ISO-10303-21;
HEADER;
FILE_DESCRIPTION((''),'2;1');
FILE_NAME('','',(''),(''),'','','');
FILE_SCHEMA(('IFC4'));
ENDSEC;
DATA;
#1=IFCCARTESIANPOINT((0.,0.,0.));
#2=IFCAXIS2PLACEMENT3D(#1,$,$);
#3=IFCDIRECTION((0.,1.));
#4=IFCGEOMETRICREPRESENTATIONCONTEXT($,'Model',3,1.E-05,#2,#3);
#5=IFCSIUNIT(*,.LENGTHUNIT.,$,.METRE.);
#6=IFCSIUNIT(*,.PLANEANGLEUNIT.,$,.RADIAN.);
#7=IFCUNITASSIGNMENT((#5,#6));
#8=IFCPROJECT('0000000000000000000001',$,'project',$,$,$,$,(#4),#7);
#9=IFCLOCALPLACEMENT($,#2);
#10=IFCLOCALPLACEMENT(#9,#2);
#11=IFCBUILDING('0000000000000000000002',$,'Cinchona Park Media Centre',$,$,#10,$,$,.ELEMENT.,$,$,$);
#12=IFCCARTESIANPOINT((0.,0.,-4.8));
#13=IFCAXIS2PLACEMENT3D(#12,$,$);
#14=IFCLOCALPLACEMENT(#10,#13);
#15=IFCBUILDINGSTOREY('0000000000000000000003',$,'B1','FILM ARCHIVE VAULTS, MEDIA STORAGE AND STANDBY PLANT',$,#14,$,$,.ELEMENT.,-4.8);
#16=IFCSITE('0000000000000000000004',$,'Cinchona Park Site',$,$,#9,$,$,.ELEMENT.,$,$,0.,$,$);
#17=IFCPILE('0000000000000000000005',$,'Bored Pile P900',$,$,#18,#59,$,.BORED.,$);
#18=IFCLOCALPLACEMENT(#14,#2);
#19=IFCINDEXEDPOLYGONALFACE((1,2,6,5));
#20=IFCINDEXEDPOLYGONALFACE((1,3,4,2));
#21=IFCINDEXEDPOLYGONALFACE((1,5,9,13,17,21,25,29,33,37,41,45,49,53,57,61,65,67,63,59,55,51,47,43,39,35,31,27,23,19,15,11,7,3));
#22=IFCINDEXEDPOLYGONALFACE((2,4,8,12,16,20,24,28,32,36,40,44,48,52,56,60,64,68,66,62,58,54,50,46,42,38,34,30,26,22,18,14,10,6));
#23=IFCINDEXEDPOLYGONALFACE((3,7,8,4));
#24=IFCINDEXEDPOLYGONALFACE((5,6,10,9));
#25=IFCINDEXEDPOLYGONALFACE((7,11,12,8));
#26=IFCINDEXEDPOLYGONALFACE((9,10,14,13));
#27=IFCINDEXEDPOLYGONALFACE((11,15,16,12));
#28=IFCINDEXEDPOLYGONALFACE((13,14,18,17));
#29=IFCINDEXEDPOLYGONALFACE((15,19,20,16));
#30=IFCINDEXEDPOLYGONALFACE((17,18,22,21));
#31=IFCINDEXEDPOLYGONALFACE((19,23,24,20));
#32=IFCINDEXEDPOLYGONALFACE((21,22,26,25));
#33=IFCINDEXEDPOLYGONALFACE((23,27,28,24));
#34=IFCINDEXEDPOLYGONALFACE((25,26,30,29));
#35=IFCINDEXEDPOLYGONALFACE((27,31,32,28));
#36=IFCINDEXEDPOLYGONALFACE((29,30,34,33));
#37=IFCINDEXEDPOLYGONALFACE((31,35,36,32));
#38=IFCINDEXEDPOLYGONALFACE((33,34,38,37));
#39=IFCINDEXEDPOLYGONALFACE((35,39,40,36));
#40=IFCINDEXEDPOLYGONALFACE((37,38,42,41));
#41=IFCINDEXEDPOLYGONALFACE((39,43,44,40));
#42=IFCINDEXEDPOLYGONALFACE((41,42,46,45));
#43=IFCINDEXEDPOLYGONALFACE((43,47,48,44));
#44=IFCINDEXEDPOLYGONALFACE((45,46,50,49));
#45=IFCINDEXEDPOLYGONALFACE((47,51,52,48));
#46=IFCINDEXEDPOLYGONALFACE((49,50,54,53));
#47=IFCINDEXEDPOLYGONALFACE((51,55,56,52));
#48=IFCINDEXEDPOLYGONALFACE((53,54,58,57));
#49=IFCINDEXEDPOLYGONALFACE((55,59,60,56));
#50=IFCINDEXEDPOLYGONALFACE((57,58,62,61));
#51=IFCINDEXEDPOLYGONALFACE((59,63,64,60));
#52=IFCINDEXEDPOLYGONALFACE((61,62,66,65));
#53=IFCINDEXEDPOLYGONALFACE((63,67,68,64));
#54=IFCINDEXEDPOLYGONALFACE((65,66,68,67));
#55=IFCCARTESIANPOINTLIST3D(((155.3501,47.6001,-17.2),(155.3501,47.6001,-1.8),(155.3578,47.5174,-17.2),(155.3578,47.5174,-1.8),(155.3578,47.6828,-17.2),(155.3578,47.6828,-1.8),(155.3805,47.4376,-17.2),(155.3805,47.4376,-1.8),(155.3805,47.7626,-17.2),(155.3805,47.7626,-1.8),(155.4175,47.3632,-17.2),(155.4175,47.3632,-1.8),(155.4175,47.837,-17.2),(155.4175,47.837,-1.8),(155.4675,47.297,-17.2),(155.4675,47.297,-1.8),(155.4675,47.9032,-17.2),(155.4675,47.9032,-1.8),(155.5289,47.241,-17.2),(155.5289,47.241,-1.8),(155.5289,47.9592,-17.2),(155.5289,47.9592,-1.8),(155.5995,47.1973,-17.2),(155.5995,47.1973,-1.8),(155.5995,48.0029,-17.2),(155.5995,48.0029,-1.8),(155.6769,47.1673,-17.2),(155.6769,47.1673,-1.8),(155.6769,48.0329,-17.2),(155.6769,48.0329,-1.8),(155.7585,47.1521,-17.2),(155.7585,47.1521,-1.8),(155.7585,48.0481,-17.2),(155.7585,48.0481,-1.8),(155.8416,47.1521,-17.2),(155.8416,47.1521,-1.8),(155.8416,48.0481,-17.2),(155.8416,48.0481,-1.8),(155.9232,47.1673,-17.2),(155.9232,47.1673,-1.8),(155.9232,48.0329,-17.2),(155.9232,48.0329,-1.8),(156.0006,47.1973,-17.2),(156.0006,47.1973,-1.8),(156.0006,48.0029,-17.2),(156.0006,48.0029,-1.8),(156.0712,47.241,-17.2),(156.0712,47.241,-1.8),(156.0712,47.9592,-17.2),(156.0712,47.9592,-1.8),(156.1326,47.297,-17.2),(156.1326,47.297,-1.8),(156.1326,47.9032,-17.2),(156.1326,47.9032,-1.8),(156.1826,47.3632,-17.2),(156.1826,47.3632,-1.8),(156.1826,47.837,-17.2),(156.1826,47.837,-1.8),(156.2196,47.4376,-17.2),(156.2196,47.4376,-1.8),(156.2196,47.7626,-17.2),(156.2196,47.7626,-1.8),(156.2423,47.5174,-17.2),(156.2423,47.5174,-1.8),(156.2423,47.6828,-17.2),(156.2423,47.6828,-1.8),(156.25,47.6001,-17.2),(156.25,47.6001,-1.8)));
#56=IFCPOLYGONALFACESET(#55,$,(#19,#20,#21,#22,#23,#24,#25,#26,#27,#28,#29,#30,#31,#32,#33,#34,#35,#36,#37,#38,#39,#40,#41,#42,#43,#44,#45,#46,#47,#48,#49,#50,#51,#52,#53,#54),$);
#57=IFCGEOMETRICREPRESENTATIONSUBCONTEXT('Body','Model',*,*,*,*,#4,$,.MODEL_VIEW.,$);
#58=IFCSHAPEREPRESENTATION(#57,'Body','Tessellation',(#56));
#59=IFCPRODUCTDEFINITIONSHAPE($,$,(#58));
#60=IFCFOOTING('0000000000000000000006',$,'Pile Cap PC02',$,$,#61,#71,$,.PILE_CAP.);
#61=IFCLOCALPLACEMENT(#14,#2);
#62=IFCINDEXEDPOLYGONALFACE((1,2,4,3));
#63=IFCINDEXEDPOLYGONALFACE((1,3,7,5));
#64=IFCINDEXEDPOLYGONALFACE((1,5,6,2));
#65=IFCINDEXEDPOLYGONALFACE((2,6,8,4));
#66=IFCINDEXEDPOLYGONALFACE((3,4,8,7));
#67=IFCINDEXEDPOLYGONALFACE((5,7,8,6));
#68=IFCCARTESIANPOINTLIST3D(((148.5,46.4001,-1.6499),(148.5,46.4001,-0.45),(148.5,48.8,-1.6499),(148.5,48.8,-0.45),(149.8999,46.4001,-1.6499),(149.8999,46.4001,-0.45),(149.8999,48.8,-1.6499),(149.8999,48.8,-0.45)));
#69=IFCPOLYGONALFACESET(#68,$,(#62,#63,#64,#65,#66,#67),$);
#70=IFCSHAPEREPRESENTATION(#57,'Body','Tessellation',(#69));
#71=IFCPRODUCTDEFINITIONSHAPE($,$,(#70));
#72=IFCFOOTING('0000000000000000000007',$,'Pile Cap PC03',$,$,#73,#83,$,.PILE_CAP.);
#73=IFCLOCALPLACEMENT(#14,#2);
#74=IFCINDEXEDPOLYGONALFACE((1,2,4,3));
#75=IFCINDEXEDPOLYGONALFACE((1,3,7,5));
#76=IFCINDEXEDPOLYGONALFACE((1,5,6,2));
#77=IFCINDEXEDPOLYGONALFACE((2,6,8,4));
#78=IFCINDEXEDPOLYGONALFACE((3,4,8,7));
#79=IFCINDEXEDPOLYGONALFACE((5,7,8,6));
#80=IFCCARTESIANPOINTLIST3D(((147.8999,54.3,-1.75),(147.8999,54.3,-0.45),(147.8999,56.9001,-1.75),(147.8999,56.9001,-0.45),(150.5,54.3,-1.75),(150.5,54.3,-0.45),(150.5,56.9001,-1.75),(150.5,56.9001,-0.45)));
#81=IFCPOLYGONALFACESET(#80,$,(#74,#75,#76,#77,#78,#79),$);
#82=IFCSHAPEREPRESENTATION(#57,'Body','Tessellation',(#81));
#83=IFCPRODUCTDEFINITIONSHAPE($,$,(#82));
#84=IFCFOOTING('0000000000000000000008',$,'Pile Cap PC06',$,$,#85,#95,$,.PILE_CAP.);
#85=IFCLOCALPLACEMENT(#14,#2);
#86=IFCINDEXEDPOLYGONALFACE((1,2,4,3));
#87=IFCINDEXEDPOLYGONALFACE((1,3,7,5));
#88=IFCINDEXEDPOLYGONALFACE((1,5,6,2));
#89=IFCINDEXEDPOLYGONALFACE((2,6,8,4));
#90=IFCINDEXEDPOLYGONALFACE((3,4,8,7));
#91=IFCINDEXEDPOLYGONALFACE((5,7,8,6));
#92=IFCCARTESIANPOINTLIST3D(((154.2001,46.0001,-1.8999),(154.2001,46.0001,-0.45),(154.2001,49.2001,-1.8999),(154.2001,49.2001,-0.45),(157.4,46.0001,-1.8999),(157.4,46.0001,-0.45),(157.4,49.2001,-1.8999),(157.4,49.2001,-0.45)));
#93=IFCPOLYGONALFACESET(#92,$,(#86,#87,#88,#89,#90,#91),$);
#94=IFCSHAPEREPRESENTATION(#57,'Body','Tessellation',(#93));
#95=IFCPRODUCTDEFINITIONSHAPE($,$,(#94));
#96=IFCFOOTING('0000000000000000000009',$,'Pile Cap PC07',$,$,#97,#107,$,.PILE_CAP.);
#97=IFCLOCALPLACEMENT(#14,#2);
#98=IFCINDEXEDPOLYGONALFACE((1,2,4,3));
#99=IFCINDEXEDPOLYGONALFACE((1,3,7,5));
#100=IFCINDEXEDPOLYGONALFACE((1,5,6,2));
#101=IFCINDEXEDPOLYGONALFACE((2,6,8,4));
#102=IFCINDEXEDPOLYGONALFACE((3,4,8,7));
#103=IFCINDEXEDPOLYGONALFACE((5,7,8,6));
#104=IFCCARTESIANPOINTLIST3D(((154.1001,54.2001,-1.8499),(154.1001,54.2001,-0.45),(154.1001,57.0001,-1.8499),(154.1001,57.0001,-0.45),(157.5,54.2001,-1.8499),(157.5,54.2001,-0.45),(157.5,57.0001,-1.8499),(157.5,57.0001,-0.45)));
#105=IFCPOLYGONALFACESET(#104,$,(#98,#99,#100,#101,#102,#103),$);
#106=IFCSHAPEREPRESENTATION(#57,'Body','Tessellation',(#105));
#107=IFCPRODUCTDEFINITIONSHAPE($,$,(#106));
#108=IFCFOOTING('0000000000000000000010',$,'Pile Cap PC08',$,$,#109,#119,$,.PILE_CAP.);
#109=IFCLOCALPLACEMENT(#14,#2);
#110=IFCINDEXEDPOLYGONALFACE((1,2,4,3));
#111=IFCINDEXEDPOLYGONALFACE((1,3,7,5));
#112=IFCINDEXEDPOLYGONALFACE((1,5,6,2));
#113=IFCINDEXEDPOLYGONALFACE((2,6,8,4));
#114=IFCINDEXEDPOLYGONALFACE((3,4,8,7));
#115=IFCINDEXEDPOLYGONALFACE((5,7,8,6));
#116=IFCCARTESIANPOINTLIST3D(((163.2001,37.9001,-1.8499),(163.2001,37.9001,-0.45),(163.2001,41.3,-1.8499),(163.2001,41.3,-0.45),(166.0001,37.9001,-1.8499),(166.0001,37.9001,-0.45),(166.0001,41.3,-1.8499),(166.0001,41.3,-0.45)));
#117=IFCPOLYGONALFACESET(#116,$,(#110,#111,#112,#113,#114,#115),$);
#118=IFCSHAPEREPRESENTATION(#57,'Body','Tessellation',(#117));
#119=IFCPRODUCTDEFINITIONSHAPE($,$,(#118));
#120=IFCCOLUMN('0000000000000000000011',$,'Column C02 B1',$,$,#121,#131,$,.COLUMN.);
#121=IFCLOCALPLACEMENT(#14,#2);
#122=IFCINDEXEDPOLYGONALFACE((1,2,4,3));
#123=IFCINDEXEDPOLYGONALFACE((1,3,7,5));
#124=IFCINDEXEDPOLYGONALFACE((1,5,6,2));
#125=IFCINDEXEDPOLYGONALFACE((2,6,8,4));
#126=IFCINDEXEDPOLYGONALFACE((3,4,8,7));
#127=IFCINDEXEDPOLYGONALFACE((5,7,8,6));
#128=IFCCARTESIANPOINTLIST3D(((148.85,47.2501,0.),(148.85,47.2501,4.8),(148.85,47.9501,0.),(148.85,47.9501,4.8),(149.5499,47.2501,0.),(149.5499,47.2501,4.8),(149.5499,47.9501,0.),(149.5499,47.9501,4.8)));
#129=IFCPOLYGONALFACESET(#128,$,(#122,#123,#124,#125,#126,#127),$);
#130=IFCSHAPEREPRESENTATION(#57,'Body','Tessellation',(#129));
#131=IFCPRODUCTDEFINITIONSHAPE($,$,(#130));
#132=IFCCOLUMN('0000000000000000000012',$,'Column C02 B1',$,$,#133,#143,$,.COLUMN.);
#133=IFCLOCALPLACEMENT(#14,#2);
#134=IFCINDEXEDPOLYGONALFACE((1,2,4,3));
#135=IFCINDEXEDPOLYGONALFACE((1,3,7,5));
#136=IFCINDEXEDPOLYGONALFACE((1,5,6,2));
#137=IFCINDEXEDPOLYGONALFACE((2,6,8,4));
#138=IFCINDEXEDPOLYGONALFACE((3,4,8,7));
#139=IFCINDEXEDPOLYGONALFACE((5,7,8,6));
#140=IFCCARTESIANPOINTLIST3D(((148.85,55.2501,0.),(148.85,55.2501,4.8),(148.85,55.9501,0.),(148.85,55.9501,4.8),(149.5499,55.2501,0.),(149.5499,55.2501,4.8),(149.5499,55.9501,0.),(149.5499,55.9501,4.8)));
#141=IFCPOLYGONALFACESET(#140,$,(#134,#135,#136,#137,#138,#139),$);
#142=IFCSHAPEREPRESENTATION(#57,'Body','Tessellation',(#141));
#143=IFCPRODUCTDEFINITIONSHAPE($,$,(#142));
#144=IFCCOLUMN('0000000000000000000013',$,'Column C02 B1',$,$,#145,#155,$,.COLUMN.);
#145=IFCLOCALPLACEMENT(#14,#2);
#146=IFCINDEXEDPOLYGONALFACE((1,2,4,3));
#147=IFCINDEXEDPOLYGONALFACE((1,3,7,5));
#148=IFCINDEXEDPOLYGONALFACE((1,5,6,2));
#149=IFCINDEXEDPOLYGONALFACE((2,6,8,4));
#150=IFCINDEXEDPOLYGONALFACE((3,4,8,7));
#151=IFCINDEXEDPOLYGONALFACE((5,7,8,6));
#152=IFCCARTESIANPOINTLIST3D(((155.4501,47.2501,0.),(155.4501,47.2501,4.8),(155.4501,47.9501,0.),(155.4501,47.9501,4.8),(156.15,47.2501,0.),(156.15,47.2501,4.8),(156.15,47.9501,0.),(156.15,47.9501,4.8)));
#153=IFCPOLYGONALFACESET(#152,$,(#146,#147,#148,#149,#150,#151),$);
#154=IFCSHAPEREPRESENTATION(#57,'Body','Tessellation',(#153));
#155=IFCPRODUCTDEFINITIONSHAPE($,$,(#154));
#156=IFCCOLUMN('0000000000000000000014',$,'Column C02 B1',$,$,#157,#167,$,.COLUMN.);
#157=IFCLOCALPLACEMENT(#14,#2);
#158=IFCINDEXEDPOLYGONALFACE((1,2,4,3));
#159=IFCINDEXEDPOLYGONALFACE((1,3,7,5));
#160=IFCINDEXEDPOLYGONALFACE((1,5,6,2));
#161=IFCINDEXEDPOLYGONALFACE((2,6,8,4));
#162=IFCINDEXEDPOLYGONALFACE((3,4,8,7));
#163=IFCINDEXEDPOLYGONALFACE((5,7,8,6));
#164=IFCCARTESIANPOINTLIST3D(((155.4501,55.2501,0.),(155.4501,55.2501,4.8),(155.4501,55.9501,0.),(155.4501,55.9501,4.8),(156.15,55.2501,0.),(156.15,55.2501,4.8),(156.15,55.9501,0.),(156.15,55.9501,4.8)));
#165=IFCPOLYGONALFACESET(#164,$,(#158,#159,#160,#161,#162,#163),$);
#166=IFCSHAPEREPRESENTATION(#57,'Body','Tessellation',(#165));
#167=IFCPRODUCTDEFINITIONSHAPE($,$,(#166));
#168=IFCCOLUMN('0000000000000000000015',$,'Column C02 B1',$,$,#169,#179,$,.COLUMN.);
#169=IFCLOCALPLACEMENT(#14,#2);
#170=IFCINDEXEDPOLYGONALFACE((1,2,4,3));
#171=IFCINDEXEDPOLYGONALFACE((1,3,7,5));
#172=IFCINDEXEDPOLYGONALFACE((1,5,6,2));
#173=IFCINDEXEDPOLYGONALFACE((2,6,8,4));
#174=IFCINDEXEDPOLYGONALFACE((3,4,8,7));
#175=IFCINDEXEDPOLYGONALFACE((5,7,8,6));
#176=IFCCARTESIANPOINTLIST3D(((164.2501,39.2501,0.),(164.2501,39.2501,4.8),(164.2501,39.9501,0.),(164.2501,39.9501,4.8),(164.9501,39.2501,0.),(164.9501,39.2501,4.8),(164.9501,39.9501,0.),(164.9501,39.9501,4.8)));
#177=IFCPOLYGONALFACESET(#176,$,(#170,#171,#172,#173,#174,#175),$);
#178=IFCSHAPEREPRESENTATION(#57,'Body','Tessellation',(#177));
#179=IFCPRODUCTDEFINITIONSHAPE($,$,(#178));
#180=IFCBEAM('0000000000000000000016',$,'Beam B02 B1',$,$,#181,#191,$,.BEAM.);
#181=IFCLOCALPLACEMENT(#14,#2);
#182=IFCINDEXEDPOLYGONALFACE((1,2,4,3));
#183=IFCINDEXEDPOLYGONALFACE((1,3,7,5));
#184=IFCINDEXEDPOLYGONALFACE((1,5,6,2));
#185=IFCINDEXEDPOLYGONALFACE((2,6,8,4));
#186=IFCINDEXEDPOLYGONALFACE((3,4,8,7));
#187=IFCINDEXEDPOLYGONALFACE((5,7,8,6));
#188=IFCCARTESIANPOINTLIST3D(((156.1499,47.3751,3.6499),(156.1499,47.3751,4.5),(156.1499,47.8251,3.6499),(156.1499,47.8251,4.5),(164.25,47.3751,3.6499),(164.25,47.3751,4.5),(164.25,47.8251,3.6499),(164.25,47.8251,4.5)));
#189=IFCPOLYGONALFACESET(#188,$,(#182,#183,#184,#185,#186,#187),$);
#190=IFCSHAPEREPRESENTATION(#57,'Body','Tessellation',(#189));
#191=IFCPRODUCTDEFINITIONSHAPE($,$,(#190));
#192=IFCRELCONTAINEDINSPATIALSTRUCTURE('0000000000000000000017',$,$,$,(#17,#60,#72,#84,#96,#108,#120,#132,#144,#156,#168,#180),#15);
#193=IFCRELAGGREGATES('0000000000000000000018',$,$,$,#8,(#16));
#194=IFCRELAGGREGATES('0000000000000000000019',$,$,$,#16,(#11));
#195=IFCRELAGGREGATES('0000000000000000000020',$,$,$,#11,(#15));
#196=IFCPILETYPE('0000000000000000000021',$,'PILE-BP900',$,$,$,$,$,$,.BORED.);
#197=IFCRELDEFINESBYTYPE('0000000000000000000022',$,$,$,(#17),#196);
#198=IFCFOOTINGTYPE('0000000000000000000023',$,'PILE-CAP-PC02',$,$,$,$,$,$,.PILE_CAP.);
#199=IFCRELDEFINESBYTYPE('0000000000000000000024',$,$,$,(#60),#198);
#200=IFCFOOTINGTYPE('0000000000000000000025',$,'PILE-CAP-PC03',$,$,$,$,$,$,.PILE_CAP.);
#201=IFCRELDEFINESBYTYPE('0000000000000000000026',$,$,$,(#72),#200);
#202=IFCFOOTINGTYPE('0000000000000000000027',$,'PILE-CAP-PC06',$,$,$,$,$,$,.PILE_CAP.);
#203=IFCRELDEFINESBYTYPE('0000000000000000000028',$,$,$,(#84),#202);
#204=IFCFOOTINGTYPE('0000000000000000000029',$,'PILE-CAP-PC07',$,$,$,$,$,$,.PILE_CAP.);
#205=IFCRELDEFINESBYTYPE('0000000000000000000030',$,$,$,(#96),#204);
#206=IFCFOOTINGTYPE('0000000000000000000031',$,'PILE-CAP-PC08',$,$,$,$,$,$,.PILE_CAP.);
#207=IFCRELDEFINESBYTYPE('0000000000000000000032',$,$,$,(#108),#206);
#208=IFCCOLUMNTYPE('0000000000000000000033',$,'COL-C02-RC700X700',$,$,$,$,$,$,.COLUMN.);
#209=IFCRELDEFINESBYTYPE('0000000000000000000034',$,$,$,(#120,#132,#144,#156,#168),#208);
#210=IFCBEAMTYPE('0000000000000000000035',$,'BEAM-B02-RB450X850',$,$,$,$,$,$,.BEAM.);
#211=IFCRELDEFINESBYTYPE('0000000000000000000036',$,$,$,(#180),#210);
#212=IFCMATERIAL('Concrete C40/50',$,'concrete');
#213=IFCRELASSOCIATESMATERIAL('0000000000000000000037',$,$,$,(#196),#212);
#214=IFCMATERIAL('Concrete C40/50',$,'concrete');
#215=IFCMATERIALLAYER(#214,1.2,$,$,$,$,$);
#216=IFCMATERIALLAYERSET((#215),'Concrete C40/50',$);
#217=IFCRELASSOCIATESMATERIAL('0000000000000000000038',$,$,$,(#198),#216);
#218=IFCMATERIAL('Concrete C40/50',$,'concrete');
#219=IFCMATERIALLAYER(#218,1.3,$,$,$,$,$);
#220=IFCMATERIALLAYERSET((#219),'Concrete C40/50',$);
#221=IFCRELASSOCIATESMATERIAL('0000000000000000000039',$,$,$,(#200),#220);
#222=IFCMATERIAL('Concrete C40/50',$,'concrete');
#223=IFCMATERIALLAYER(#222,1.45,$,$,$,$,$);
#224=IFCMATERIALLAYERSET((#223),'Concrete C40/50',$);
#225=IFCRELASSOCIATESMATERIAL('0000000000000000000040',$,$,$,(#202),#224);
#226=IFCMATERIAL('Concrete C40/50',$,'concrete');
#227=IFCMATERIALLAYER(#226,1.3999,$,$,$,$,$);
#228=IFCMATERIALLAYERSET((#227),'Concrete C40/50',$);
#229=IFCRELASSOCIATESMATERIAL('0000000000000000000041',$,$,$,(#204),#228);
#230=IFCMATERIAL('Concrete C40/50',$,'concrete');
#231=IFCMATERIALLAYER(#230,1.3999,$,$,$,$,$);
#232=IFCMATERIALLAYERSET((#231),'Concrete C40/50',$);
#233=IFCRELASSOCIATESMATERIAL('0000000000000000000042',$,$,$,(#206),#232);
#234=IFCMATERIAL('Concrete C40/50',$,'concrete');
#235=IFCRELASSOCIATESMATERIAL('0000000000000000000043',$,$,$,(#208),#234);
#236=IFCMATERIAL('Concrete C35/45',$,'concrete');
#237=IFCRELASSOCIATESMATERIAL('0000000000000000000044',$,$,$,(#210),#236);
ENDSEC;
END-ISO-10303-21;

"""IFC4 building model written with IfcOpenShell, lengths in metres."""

from ifc_helpers import new_model, si_unit, direction, frame, origin, origin_2d, place, context, subcontext, project, spatial, rectangle, circle, extrude, material, layer, layer_set, material_profile, profile_set, type_object, element, save


model = new_model("IFC4")

# Units and contexts
model_context = context("Model", 3, precision=1e-05, world=origin(), true_north=direction((0.0, 1.0)))
body_context = subcontext(model_context, "Body", "Model", "MODEL_VIEW")
ifc_project = project(units=[si_unit("LENGTHUNIT", "METRE"), si_unit("PLANEANGLEUNIT", "RADIAN")], contexts=[model_context])

# Site, building, storey
site_placement = place(None, origin())
site = spatial("IfcSite", under=ifc_project, at=site_placement, Name="Cinchona Park Site", CompositionType="ELEMENT", RefElevation=0.0)
building_placement = place(site_placement, origin())
building = spatial("IfcBuilding", under=site, at=building_placement, Name="Cinchona Park Media Centre", CompositionType="ELEMENT")
storey_placement = place(building_placement, frame((0.0, 0.0, -4.8)))
storey = spatial("IfcBuildingStorey", under=building, at=storey_placement, Name="B1", Description="FILM ARCHIVE VAULTS, MEDIA STORAGE AND STANDBY PLANT", CompositionType="ELEMENT", Elevation=-4.8)

# Pile
ifc_material_1 = material(Name="Concrete C40/50", Category="concrete")
ifc_material_profile_1 = material_profile(ifc_material_1, circle(Radius=0.45, at=origin_2d()), Name="BORED PILE 900")
ifc_profile_set_1 = profile_set([ifc_material_profile_1], Name="Concrete C40/50")
pile_type_1 = type_object("IfcPileType", Name="PILE-BP900", PredefinedType="BORED", material=ifc_profile_set_1)
pile_1_placement = place(storey_placement, frame((155.8, 47.6001, -1.8), z_axis=(0.0, 0.0, -1.0), x_axis=(1.0, 0.0, 0.0)))
element("IfcPile", 1, at=pile_1_placement, inside=storey, type_object=pile_type_1, Name="Bored Pile P900", PredefinedType="BORED", context=body_context, shape_type="SweptSolid", body=[
    extrude(circle(Radius=0.45, at=origin_2d()), origin(), (0.0, 0.0, 1.0), 15.3999),
])

# Footings
ifc_material_2 = material(Name="Concrete C40/50", Category="concrete")
ifc_layer_1 = layer(ifc_material_2, 1.2)
ifc_layer_set_1 = layer_set([ifc_layer_1], Name="Concrete C40/50")
footing_type_1 = type_object("IfcFootingType", Name="PILE-CAP-PC02", PredefinedType="PILE_CAP", material=ifc_layer_set_1)
footing_1_placement = place(storey_placement, frame((149.2, 47.6001, -1.6499), z_axis=(0.0, 0.0, 1.0), x_axis=(1.0, 0.0, 0.0)))
element("IfcFooting", 2, at=footing_1_placement, inside=storey, type_object=footing_type_1, Name="Pile Cap PC02", PredefinedType="PILE_CAP", context=body_context, shape_type="SweptSolid", body=[
    extrude(rectangle(XDim=1.3999, YDim=2.3999, at=origin_2d()), origin(), (0.0, 0.0, 1.0), 1.2),
])
ifc_material_3 = material(Name="Concrete C40/50", Category="concrete")
ifc_layer_2 = layer(ifc_material_3, 1.3)
ifc_layer_set_2 = layer_set([ifc_layer_2], Name="Concrete C40/50")
footing_type_2 = type_object("IfcFootingType", Name="PILE-CAP-PC03", PredefinedType="PILE_CAP", material=ifc_layer_set_2)
footing_2_placement = place(storey_placement, frame((149.2, 55.6001, -1.75), z_axis=(0.0, 0.0, 1.0), x_axis=(1.0, 0.0, 0.0)))
element("IfcFooting", 3, at=footing_2_placement, inside=storey, type_object=footing_type_2, Name="Pile Cap PC03", PredefinedType="PILE_CAP", context=body_context, shape_type="SweptSolid", body=[
    extrude(rectangle(XDim=2.6001, YDim=2.6001, at=origin_2d()), origin(), (0.0, 0.0, 1.0), 1.3),
])
ifc_material_4 = material(Name="Concrete C40/50", Category="concrete")
ifc_layer_3 = layer(ifc_material_4, 1.45)
ifc_layer_set_3 = layer_set([ifc_layer_3], Name="Concrete C40/50")
footing_type_3 = type_object("IfcFootingType", Name="PILE-CAP-PC06", PredefinedType="PILE_CAP", material=ifc_layer_set_3)
footing_3_placement = place(storey_placement, frame((155.8, 47.6001, -1.8999), z_axis=(0.0, 0.0, 1.0), x_axis=(1.0, 0.0, 0.0)))
element("IfcFooting", 4, at=footing_3_placement, inside=storey, type_object=footing_type_3, Name="Pile Cap PC06", PredefinedType="PILE_CAP", context=body_context, shape_type="SweptSolid", body=[
    extrude(rectangle(XDim=3.2, YDim=3.2, at=origin_2d()), origin(), (0.0, 0.0, 1.0), 1.45),
])
ifc_material_5 = material(Name="Concrete C40/50", Category="concrete")
ifc_layer_4 = layer(ifc_material_5, 1.3999)
ifc_layer_set_4 = layer_set([ifc_layer_4], Name="Concrete C40/50")
footing_type_4 = type_object("IfcFootingType", Name="PILE-CAP-PC07", PredefinedType="PILE_CAP", material=ifc_layer_set_4)
footing_4_placement = place(storey_placement, frame((155.8, 55.6001, -1.8499), z_axis=(0.0, 0.0, 1.0), x_axis=(1.0, 0.0, 0.0)))
element("IfcFooting", 5, at=footing_4_placement, inside=storey, type_object=footing_type_4, Name="Pile Cap PC07", PredefinedType="PILE_CAP", context=body_context, shape_type="SweptSolid", body=[
    extrude(rectangle(XDim=3.3999, YDim=2.8, at=origin_2d()), origin(), (0.0, 0.0, 1.0), 1.3999),
])
ifc_material_6 = material(Name="Concrete C40/50", Category="concrete")
ifc_layer_5 = layer(ifc_material_6, 1.3999)
ifc_layer_set_5 = layer_set([ifc_layer_5], Name="Concrete C40/50")
footing_type_5 = type_object("IfcFootingType", Name="PILE-CAP-PC08", PredefinedType="PILE_CAP", material=ifc_layer_set_5)
footing_5_placement = place(storey_placement, frame((164.6001, 39.6001, -1.8499), z_axis=(0.0, 0.0, 1.0), x_axis=(1.0, 0.0, 0.0)))
element("IfcFooting", 6, at=footing_5_placement, inside=storey, type_object=footing_type_5, Name="Pile Cap PC08", PredefinedType="PILE_CAP", context=body_context, shape_type="SweptSolid", body=[
    extrude(rectangle(XDim=2.8, YDim=3.3999, at=origin_2d()), origin(), (0.0, 0.0, 1.0), 1.3999),
])

# Columns
ifc_material_7 = material(Name="Concrete C40/50", Category="concrete")
ifc_material_profile_2 = material_profile(ifc_material_7, rectangle(XDim=0.7, YDim=0.7, at=origin_2d()), Name="RC 700X700")
ifc_profile_set_2 = profile_set([ifc_material_profile_2], Name="Concrete C40/50")
column_type = type_object("IfcColumnType", Name="COL-C02-RC700X700", PredefinedType="COLUMN", material=ifc_profile_set_2)
for number, where, z_axis, x_axis, name in (
    (7, (149.2, 47.6001, 0.0), (0.0, 0.0, 1.0), (1.0, 0.0, 0.0), "Column C02 B1"),
    (8, (149.2, 55.6001, 0.0), (0.0, 0.0, 1.0), (1.0, 0.0, 0.0), "Column C02 B1"),
    (9, (155.8, 47.6001, 0.0), (0.0, 0.0, 1.0), (1.0, 0.0, 0.0), "Column C02 B1"),
    (10, (155.8, 55.6001, 0.0), (0.0, 0.0, 1.0), (1.0, 0.0, 0.0), "Column C02 B1"),
    (11, (164.6001, 39.6001, 0.0), (0.0, 0.0, 1.0), (1.0, 0.0, 0.0), "Column C02 B1"),
):
    element("IfcColumn", number, at=place(storey_placement, frame(where, z_axis=z_axis, x_axis=x_axis)), inside=storey, type_object=column_type, Name=name, PredefinedType="COLUMN", context=body_context, shape_type="SweptSolid", body=[
        extrude(rectangle(XDim=0.7, YDim=0.7, at=origin_2d()), origin(), (0.0, 0.0, 1.0), 4.8),
    ])

# Beam
ifc_material_8 = material(Name="Concrete C35/45", Category="concrete")
ifc_material_profile_3 = material_profile(ifc_material_8, rectangle(XDim=0.45, YDim=0.8501, at=origin_2d()), Name="RB 450X850")
ifc_profile_set_3 = profile_set([ifc_material_profile_3], Name="Concrete C35/45")
beam_type_1 = type_object("IfcBeamType", Name="BEAM-B02-RB450X850", PredefinedType="BEAM", material=ifc_profile_set_3)
for number, where, z_axis, x_axis, name in (
    (12, (156.1499, 47.6001, 4.075), (1.0, 0.0, 0.0), (0.0, 1.0, 0.0), "Beam B02 B1"),
):
    element("IfcBeam", number, at=place(storey_placement, frame(where, z_axis=z_axis, x_axis=x_axis)), inside=storey, type_object=beam_type_1, Name=name, PredefinedType="BEAM", context=body_context, shape_type="SweptSolid", body=[
        extrude(rectangle(XDim=0.45, YDim=0.8501, at=origin_2d()), origin(), (0.0, 0.0, 1.0), 8.1001),
    ])

save(model, "model.ifc")
